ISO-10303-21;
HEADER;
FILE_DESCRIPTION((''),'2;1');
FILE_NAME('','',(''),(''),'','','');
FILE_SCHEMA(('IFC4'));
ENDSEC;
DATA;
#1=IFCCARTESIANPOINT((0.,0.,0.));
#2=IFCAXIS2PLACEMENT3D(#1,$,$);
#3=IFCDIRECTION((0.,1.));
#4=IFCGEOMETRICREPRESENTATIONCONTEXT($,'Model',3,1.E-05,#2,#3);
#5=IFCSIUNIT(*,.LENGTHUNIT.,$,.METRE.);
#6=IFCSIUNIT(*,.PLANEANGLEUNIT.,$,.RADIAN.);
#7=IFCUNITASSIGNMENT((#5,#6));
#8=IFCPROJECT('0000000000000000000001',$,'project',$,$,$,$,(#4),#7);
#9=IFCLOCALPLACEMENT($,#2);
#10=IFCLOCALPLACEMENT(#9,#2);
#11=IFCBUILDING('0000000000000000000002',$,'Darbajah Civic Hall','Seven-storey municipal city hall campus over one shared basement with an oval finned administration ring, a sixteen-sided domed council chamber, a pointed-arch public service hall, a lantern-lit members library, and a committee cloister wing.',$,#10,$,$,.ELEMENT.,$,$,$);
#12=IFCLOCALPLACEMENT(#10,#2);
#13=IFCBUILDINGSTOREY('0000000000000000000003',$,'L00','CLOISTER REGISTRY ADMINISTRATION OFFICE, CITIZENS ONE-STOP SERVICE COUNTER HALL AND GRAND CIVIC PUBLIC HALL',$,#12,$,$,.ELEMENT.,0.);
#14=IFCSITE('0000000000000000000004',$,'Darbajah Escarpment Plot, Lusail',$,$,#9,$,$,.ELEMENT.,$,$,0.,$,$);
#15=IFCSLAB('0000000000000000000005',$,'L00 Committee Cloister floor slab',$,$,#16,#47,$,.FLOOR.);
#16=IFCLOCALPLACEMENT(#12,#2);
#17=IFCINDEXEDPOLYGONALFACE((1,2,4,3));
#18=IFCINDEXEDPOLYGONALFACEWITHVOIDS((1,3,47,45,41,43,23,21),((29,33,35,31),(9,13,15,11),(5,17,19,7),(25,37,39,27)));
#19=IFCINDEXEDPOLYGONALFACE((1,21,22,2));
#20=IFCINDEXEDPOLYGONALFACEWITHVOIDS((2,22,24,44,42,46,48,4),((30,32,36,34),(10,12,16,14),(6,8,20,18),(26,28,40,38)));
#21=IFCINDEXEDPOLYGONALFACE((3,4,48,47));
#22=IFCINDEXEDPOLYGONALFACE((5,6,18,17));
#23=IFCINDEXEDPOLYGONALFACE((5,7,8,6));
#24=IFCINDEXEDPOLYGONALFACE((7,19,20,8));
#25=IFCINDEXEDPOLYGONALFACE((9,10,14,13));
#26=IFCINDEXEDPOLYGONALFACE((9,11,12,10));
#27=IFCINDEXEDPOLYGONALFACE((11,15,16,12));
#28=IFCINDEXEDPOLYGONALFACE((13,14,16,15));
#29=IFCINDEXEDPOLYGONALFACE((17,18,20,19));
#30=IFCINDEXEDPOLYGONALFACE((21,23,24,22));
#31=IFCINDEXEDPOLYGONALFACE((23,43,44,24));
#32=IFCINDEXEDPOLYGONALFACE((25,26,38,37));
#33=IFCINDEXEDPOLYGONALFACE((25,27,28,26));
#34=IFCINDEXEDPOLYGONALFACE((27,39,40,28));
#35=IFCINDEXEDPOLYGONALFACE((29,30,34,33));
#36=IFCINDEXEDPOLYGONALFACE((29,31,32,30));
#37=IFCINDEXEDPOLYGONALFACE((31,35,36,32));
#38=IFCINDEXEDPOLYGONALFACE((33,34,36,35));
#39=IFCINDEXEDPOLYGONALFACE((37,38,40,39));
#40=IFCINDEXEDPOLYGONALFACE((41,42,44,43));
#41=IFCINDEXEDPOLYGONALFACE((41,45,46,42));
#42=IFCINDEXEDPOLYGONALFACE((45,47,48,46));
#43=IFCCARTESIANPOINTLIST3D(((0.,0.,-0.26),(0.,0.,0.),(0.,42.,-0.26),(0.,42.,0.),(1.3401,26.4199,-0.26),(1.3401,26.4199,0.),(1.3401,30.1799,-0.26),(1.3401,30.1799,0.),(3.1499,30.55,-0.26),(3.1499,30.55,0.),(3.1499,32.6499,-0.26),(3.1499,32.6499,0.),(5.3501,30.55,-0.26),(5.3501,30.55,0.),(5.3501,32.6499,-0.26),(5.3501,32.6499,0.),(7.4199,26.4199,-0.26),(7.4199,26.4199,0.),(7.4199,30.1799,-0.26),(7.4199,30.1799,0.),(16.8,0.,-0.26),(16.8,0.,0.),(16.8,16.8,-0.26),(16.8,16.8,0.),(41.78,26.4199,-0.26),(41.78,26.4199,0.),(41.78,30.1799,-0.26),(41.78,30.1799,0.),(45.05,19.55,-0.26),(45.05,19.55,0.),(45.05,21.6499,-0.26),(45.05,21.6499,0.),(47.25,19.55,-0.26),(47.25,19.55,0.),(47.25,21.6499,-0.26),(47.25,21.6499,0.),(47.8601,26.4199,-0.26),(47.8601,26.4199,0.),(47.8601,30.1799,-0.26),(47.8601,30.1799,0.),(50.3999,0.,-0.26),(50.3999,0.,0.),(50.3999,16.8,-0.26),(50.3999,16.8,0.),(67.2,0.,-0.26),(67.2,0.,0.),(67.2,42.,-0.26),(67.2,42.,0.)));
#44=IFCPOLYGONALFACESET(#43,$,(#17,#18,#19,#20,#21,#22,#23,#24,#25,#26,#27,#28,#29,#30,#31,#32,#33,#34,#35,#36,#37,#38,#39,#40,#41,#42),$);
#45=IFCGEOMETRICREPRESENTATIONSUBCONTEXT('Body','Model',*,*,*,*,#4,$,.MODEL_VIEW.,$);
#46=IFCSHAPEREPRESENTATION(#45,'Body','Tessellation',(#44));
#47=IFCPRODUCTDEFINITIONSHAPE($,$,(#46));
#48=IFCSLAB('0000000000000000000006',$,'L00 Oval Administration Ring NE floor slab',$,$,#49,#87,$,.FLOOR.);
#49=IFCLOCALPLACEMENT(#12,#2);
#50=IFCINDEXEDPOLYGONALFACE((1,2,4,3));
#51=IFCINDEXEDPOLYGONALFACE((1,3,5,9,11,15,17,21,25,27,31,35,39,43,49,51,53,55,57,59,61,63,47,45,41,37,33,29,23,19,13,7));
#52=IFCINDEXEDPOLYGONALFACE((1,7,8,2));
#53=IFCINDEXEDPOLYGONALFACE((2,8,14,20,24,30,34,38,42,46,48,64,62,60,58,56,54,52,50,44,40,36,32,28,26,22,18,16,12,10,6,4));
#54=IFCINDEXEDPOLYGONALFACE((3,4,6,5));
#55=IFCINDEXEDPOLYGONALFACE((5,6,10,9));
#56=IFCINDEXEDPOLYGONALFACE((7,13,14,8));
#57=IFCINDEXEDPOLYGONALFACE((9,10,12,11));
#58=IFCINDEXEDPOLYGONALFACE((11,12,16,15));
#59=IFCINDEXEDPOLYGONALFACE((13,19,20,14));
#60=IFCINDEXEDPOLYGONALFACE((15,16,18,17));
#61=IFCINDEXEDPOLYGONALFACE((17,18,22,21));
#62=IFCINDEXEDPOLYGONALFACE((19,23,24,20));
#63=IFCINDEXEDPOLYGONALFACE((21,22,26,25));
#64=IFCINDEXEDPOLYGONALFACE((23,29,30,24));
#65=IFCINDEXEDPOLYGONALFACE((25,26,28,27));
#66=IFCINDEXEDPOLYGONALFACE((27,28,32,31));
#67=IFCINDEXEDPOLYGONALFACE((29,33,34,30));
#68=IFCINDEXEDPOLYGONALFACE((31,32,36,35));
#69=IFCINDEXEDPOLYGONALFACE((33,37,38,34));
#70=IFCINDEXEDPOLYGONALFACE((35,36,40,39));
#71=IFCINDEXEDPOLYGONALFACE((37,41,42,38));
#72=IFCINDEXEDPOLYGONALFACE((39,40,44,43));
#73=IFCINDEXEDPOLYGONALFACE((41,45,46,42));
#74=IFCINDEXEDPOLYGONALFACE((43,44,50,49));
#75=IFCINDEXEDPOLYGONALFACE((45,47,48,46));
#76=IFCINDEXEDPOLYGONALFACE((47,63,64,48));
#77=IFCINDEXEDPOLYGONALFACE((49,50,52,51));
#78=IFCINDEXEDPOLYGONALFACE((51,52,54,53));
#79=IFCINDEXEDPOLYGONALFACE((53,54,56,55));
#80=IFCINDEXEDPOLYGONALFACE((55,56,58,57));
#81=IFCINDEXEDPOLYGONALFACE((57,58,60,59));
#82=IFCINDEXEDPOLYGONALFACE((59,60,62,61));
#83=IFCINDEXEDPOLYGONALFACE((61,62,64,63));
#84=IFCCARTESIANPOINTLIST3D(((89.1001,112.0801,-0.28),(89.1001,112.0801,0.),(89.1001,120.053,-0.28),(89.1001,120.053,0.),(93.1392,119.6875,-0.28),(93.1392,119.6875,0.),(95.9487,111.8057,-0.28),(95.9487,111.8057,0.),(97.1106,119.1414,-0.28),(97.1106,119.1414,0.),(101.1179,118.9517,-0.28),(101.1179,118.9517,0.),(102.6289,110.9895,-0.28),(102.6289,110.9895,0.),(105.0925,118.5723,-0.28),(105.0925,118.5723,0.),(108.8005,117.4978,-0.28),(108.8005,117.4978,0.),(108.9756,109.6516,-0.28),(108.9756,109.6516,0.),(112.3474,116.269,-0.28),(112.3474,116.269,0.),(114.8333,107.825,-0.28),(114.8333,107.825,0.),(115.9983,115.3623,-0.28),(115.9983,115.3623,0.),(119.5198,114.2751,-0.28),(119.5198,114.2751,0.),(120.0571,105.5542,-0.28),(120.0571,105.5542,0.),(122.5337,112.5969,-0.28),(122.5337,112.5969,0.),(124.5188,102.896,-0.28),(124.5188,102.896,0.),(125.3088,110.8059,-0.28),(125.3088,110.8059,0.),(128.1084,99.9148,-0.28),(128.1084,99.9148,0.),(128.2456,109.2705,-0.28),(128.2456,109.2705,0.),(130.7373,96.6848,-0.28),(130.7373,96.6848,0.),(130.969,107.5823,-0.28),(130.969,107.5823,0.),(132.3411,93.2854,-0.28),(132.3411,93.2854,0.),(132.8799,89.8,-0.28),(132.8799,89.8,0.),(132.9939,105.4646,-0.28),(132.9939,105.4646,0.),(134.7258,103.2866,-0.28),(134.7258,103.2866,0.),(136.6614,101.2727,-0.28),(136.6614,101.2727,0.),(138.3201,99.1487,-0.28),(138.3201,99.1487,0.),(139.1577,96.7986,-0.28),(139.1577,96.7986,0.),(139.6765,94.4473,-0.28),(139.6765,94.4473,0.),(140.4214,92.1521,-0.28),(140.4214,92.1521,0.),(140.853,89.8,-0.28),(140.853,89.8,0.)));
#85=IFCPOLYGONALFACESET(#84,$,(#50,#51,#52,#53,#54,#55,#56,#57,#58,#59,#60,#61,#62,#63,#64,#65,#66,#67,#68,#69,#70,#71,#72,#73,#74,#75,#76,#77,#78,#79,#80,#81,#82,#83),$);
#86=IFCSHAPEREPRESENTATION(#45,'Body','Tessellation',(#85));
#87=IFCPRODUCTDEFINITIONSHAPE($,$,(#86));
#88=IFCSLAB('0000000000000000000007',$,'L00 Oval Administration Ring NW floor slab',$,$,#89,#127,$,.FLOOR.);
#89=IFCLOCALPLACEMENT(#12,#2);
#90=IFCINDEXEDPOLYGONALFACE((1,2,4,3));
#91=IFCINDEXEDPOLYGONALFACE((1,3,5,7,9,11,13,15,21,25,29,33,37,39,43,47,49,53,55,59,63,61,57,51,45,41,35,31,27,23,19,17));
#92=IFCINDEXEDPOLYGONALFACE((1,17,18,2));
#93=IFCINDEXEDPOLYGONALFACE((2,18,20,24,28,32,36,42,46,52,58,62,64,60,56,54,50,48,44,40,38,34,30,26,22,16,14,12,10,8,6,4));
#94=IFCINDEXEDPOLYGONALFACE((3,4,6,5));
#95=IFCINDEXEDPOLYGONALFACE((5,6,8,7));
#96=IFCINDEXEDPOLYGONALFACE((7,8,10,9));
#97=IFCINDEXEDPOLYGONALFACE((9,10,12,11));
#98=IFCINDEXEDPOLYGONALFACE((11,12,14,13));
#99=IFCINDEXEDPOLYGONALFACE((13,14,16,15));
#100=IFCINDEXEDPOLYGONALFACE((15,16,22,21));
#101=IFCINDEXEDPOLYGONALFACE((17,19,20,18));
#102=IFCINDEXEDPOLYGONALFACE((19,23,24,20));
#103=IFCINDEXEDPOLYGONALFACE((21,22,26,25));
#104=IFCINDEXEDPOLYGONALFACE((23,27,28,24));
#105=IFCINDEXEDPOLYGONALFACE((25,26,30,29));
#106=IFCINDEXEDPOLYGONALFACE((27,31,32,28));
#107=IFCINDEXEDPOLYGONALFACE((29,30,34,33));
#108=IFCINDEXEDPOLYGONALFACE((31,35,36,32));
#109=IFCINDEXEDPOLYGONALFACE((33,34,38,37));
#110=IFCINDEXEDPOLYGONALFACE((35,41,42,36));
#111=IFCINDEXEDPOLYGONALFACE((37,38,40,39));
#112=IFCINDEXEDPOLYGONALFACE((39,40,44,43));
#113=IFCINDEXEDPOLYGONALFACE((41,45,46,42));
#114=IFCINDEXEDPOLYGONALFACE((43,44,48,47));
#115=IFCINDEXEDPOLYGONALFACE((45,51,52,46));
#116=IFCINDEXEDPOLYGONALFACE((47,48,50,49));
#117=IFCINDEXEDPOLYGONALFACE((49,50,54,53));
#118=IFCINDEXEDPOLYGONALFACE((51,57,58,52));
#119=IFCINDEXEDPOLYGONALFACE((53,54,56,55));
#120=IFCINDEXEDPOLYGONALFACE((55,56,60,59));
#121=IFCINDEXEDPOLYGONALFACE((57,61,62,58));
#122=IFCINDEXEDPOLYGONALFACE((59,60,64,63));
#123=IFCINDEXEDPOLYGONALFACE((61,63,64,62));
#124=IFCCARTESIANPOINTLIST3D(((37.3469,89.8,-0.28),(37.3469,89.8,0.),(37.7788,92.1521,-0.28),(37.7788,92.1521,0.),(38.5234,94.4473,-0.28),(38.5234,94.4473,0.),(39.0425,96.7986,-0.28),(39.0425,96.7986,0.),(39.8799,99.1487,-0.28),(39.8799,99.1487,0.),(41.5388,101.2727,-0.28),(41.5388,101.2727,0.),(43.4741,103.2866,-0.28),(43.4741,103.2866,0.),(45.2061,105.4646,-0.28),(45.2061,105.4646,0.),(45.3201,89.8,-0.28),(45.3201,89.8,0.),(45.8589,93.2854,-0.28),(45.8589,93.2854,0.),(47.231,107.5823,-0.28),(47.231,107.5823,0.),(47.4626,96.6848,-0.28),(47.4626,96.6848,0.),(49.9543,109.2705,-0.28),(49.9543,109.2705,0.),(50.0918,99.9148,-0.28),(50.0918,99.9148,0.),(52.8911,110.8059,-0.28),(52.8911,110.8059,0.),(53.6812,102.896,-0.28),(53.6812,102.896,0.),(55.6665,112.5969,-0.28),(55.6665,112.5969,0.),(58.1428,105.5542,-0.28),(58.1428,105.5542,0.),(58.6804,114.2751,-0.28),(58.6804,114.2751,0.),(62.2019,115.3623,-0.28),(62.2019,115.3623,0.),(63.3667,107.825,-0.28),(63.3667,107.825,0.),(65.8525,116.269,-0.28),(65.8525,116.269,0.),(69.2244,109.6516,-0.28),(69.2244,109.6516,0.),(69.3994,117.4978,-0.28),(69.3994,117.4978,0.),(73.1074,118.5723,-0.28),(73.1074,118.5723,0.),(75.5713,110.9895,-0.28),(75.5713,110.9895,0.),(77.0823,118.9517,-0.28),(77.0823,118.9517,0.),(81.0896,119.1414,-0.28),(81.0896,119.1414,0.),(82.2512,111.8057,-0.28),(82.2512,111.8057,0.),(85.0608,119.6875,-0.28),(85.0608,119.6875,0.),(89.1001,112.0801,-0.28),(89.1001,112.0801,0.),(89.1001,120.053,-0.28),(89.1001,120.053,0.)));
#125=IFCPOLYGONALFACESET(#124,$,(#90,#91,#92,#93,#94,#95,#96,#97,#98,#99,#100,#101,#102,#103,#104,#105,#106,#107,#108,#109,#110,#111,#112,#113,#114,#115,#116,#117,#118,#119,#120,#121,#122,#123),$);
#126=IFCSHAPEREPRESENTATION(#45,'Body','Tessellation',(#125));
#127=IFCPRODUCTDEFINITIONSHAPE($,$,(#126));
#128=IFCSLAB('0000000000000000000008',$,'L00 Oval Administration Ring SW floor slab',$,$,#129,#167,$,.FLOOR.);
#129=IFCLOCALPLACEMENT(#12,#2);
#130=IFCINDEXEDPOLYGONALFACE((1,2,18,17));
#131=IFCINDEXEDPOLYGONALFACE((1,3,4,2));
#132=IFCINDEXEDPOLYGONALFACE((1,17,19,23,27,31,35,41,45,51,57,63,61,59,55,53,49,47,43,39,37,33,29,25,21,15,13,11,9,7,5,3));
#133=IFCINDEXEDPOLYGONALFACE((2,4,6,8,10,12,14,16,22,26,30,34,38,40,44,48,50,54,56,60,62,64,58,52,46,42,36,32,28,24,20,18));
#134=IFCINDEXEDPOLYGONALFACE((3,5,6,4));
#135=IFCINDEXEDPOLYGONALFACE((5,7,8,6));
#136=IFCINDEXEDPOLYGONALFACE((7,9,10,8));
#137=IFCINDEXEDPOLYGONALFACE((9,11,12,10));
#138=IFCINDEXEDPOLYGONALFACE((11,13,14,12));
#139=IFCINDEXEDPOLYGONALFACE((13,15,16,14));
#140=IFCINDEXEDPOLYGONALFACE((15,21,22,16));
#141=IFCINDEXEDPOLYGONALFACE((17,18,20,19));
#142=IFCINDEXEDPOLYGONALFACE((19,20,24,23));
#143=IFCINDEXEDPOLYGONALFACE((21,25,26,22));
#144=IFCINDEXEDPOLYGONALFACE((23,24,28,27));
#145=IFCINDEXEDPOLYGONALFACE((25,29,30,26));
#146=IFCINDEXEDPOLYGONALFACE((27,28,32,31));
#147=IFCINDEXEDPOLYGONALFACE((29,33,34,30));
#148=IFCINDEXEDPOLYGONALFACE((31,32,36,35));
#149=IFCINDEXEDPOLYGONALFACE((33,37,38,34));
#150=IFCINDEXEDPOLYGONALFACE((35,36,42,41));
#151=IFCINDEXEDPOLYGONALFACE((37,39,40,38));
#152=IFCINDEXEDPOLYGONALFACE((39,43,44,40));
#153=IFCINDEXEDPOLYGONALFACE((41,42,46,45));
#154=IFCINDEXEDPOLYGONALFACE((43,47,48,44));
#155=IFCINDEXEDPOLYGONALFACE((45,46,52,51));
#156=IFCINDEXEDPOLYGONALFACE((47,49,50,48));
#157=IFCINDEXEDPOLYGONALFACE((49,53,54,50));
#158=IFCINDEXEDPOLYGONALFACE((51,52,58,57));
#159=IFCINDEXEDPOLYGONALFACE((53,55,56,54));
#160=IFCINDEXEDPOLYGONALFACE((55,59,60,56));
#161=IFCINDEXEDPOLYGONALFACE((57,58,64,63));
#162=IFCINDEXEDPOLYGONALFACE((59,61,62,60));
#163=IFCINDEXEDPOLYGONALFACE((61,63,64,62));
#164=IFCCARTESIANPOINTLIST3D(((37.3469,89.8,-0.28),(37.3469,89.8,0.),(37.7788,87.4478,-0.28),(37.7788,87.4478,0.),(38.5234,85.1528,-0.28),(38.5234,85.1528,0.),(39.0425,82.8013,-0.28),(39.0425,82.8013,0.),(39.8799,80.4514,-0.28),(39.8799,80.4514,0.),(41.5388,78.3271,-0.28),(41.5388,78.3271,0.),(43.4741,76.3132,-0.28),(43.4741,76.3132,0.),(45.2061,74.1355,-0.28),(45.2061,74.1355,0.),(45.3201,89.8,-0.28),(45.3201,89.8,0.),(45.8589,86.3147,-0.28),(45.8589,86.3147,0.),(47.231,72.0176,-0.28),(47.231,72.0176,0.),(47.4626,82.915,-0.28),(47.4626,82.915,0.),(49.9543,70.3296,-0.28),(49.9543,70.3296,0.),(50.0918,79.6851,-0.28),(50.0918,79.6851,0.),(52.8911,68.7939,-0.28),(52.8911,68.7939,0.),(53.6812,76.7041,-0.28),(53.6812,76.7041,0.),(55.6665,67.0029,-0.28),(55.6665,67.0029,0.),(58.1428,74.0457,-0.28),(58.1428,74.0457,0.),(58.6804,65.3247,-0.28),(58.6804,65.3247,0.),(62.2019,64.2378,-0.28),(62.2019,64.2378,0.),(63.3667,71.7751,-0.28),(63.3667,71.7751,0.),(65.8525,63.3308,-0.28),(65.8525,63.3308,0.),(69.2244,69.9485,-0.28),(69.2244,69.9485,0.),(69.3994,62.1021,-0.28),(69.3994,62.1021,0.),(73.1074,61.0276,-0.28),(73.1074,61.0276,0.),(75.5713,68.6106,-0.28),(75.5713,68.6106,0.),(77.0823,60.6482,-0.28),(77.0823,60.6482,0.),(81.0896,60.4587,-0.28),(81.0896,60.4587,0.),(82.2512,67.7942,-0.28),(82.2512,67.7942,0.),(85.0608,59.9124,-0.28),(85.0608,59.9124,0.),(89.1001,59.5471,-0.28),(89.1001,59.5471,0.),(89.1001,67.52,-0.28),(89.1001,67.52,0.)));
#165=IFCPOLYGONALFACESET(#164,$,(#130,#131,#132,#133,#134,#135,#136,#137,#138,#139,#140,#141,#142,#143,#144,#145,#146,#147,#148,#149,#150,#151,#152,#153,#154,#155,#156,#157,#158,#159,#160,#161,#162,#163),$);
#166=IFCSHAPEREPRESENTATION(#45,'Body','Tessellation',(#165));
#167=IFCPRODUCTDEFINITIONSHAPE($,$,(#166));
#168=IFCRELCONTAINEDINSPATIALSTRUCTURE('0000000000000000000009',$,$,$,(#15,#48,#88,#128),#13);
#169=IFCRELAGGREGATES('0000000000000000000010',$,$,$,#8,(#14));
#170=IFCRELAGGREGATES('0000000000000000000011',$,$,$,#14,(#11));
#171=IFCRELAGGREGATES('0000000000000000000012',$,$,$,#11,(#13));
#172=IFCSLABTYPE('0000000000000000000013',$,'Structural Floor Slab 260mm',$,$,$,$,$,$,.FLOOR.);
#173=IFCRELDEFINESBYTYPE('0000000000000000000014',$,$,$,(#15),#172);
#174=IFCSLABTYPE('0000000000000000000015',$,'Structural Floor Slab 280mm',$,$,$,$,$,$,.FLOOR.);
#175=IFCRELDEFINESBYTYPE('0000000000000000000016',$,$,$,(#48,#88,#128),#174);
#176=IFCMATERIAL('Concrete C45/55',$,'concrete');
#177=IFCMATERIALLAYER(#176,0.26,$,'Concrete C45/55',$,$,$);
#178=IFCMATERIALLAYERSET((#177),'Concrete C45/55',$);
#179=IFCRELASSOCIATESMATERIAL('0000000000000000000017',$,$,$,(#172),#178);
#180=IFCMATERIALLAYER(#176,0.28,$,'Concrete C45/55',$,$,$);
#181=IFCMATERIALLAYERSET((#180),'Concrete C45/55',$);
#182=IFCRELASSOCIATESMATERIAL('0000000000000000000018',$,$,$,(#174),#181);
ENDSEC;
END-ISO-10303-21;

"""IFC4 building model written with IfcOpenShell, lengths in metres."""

from ifc_helpers import new_model, si_unit, direction, frame, origin, place, context, subcontext, project, spatial, polyline, outline, extrude, material, layer, layer_set, type_object, element, save


model = new_model("IFC4")

# Units and contexts
model_context = context("Model", 3, precision=1e-05, world=origin(), true_north=direction((0.0, 1.0)))
body_context = subcontext(model_context, "Body", "Model", "MODEL_VIEW")
ifc_project = project(units=[si_unit("LENGTHUNIT", "METRE"), si_unit("PLANEANGLEUNIT", "RADIAN")], contexts=[model_context])

# Site, building, storey
site_placement = place(None, origin())
site = spatial("IfcSite", under=ifc_project, at=site_placement, Name="Darbajah Escarpment Plot, Lusail", CompositionType="ELEMENT", RefElevation=0.0)
building_placement = place(site_placement, origin())
building = spatial("IfcBuilding", under=site, at=building_placement, Name="Darbajah Civic Hall", Description="Seven-storey municipal city hall campus over one shared basement with an oval finned administration ring, a sixteen-sided domed council chamber, a pointed-arch public service hall, a lantern-lit members library, and a committee cloister wing.", CompositionType="ELEMENT")
storey_placement = place(building_placement, origin())
storey = spatial("IfcBuildingStorey", under=building, at=storey_placement, Name="L00", Description="CLOISTER REGISTRY ADMINISTRATION OFFICE, CITIZENS ONE-STOP SERVICE COUNTER HALL AND GRAND CIVIC PUBLIC HALL", CompositionType="ELEMENT", Elevation=0.0)

# Shared definitions
ifc_material_1 = material(Name="Concrete C45/55", Category="concrete")

# Slabs
ifc_layer_1 = layer(ifc_material_1, 0.26, Name="Concrete C45/55")
ifc_layer_set_1 = layer_set([ifc_layer_1], Name="Concrete C45/55")
slab_type_1 = type_object("IfcSlabType", Name="Structural Floor Slab 260mm", PredefinedType="FLOOR", material=ifc_layer_set_1)
slab_1_placement = place(storey_placement, frame((0.0, 0.0, -0.26)))
element("IfcSlab", 1, at=slab_1_placement, inside=storey, type_object=slab_type_1, Name="L00 Committee Cloister floor slab", PredefinedType="FLOOR", context=body_context, shape_type="SweptSolid", body=[
    extrude(outline(polyline([(0.0, 0.0), (16.8, 0.0), (16.8, 16.8), (50.3999, 16.8), (50.3999, 0.0), (67.2, 0.0), (67.2, 42.0), (0.0, 42.0), (0.0, 0.0)]), holes=[polyline([(1.3401, 30.1799), (7.4199, 30.1799), (7.4199, 26.4199), (1.3401, 26.4199), (1.3401, 30.1799)]), polyline([(3.1499, 32.6499), (5.3501, 32.6499), (5.3501, 30.55), (3.1499, 30.55), (3.1499, 32.6499)]), polyline([(41.78, 30.1799), (47.8601, 30.1799), (47.8601, 26.4199), (41.78, 26.4199), (41.78, 30.1799)]), polyline([(45.05, 21.6499), (47.25, 21.6499), (47.25, 19.55), (45.05, 19.55), (45.05, 21.6499)])]), origin(), (0.0, 0.0, 1.0), 0.26),
])
ifc_layer_2 = layer(ifc_material_1, 0.28, Name="Concrete C45/55")
ifc_layer_set_2 = layer_set([ifc_layer_2], Name="Concrete C45/55")
slab_type_2 = type_object("IfcSlabType", Name="Structural Floor Slab 280mm", PredefinedType="FLOOR", material=ifc_layer_set_2)
slab_2_placement = place(storey_placement, frame((0.0, 0.0, -0.28)))
element("IfcSlab", 2, at=slab_2_placement, inside=storey, type_object=slab_type_2, Name="L00 Oval Administration Ring NE floor slab", PredefinedType="FLOOR", context=body_context, shape_type="SweptSolid", body=[
    extrude(outline(polyline([(140.853, 89.8), (140.4214, 92.1521), (139.6765, 94.4473), (139.1577, 96.7986), (138.3201, 99.1487), (136.6614, 101.2727), (134.7258, 103.2866), (132.9939, 105.4646), (130.969, 107.5823), (128.2456, 109.2705), (125.3088, 110.8059), (122.5337, 112.5969), (119.5198, 114.2751), (115.9983, 115.3623), (112.3474, 116.269), (108.8005, 117.4978), (105.0925, 118.5723), (101.1179, 118.9517), (97.1106, 119.1414), (93.1392, 119.6875), (89.1001, 120.053), (89.1001, 112.0801), (95.9487, 111.8057), (102.6289, 110.9895), (108.9756, 109.6516), (114.8333, 107.825), (120.0571, 105.5542), (124.5188, 102.896), (128.1084, 99.9148), (130.7373, 96.6848), (132.3411, 93.2854), (132.8799, 89.8), (140.853, 89.8)])), origin(), (0.0, 0.0, 1.0), 0.28),
])
slab_3_placement = place(storey_placement, frame((0.0, 0.0, -0.28)))
element("IfcSlab", 3, at=slab_3_placement, inside=storey, type_object=slab_type_2, Name="L00 Oval Administration Ring NW floor slab", PredefinedType="FLOOR", context=body_context, shape_type="SweptSolid", body=[
    extrude(outline(polyline([(89.1001, 120.053), (85.0608, 119.6875), (81.0896, 119.1414), (77.0823, 118.9517), (73.1074, 118.5723), (69.3994, 117.4978), (65.8525, 116.269), (62.2019, 115.3623), (58.6804, 114.2751), (55.6665, 112.5969), (52.8911, 110.8059), (49.9543, 109.2705), (47.231, 107.5823), (45.2061, 105.4646), (43.4741, 103.2866), (41.5388, 101.2727), (39.8799, 99.1487), (39.0425, 96.7986), (38.5234, 94.4473), (37.7788, 92.1521), (37.3469, 89.8), (45.3201, 89.8), (45.8589, 93.2854), (47.4626, 96.6848), (50.0918, 99.9148), (53.6812, 102.896), (58.1428, 105.5542), (63.3667, 107.825), (69.2244, 109.6516), (75.5713, 110.9895), (82.2512, 111.8057), (89.1001, 112.0801), (89.1001, 120.053)])), origin(), (0.0, 0.0, 1.0), 0.28),
])
slab_4_placement = place(storey_placement, frame((0.0, 0.0, -0.28)))
element("IfcSlab", 4, at=slab_4_placement, inside=storey, type_object=slab_type_2, Name="L00 Oval Administration Ring SW floor slab", PredefinedType="FLOOR", context=body_context, shape_type="SweptSolid", body=[
    extrude(outline(polyline([(37.3469, 89.8), (37.7788, 87.4478), (38.5234, 85.1528), (39.0425, 82.8013), (39.8799, 80.4514), (41.5388, 78.3271), (43.4741, 76.3132), (45.2061, 74.1355), (47.231, 72.0176), (49.9543, 70.3296), (52.8911, 68.7939), (55.6665, 67.0029), (58.6804, 65.3247), (62.2019, 64.2378), (65.8525, 63.3308), (69.3994, 62.1021), (73.1074, 61.0276), (77.0823, 60.6482), (81.0896, 60.4587), (85.0608, 59.9124), (89.1001, 59.5471), (89.1001, 67.52), (82.2512, 67.7942), (75.5713, 68.6106), (69.2244, 69.9485), (63.3667, 71.7751), (58.1428, 74.0457), (53.6812, 76.7041), (50.0918, 79.6851), (47.4626, 82.915), (45.8589, 86.3147), (45.3201, 89.8), (37.3469, 89.8)])), origin(), (0.0, 0.0, 1.0), 0.28),
])

save(model, "model.ifc")
